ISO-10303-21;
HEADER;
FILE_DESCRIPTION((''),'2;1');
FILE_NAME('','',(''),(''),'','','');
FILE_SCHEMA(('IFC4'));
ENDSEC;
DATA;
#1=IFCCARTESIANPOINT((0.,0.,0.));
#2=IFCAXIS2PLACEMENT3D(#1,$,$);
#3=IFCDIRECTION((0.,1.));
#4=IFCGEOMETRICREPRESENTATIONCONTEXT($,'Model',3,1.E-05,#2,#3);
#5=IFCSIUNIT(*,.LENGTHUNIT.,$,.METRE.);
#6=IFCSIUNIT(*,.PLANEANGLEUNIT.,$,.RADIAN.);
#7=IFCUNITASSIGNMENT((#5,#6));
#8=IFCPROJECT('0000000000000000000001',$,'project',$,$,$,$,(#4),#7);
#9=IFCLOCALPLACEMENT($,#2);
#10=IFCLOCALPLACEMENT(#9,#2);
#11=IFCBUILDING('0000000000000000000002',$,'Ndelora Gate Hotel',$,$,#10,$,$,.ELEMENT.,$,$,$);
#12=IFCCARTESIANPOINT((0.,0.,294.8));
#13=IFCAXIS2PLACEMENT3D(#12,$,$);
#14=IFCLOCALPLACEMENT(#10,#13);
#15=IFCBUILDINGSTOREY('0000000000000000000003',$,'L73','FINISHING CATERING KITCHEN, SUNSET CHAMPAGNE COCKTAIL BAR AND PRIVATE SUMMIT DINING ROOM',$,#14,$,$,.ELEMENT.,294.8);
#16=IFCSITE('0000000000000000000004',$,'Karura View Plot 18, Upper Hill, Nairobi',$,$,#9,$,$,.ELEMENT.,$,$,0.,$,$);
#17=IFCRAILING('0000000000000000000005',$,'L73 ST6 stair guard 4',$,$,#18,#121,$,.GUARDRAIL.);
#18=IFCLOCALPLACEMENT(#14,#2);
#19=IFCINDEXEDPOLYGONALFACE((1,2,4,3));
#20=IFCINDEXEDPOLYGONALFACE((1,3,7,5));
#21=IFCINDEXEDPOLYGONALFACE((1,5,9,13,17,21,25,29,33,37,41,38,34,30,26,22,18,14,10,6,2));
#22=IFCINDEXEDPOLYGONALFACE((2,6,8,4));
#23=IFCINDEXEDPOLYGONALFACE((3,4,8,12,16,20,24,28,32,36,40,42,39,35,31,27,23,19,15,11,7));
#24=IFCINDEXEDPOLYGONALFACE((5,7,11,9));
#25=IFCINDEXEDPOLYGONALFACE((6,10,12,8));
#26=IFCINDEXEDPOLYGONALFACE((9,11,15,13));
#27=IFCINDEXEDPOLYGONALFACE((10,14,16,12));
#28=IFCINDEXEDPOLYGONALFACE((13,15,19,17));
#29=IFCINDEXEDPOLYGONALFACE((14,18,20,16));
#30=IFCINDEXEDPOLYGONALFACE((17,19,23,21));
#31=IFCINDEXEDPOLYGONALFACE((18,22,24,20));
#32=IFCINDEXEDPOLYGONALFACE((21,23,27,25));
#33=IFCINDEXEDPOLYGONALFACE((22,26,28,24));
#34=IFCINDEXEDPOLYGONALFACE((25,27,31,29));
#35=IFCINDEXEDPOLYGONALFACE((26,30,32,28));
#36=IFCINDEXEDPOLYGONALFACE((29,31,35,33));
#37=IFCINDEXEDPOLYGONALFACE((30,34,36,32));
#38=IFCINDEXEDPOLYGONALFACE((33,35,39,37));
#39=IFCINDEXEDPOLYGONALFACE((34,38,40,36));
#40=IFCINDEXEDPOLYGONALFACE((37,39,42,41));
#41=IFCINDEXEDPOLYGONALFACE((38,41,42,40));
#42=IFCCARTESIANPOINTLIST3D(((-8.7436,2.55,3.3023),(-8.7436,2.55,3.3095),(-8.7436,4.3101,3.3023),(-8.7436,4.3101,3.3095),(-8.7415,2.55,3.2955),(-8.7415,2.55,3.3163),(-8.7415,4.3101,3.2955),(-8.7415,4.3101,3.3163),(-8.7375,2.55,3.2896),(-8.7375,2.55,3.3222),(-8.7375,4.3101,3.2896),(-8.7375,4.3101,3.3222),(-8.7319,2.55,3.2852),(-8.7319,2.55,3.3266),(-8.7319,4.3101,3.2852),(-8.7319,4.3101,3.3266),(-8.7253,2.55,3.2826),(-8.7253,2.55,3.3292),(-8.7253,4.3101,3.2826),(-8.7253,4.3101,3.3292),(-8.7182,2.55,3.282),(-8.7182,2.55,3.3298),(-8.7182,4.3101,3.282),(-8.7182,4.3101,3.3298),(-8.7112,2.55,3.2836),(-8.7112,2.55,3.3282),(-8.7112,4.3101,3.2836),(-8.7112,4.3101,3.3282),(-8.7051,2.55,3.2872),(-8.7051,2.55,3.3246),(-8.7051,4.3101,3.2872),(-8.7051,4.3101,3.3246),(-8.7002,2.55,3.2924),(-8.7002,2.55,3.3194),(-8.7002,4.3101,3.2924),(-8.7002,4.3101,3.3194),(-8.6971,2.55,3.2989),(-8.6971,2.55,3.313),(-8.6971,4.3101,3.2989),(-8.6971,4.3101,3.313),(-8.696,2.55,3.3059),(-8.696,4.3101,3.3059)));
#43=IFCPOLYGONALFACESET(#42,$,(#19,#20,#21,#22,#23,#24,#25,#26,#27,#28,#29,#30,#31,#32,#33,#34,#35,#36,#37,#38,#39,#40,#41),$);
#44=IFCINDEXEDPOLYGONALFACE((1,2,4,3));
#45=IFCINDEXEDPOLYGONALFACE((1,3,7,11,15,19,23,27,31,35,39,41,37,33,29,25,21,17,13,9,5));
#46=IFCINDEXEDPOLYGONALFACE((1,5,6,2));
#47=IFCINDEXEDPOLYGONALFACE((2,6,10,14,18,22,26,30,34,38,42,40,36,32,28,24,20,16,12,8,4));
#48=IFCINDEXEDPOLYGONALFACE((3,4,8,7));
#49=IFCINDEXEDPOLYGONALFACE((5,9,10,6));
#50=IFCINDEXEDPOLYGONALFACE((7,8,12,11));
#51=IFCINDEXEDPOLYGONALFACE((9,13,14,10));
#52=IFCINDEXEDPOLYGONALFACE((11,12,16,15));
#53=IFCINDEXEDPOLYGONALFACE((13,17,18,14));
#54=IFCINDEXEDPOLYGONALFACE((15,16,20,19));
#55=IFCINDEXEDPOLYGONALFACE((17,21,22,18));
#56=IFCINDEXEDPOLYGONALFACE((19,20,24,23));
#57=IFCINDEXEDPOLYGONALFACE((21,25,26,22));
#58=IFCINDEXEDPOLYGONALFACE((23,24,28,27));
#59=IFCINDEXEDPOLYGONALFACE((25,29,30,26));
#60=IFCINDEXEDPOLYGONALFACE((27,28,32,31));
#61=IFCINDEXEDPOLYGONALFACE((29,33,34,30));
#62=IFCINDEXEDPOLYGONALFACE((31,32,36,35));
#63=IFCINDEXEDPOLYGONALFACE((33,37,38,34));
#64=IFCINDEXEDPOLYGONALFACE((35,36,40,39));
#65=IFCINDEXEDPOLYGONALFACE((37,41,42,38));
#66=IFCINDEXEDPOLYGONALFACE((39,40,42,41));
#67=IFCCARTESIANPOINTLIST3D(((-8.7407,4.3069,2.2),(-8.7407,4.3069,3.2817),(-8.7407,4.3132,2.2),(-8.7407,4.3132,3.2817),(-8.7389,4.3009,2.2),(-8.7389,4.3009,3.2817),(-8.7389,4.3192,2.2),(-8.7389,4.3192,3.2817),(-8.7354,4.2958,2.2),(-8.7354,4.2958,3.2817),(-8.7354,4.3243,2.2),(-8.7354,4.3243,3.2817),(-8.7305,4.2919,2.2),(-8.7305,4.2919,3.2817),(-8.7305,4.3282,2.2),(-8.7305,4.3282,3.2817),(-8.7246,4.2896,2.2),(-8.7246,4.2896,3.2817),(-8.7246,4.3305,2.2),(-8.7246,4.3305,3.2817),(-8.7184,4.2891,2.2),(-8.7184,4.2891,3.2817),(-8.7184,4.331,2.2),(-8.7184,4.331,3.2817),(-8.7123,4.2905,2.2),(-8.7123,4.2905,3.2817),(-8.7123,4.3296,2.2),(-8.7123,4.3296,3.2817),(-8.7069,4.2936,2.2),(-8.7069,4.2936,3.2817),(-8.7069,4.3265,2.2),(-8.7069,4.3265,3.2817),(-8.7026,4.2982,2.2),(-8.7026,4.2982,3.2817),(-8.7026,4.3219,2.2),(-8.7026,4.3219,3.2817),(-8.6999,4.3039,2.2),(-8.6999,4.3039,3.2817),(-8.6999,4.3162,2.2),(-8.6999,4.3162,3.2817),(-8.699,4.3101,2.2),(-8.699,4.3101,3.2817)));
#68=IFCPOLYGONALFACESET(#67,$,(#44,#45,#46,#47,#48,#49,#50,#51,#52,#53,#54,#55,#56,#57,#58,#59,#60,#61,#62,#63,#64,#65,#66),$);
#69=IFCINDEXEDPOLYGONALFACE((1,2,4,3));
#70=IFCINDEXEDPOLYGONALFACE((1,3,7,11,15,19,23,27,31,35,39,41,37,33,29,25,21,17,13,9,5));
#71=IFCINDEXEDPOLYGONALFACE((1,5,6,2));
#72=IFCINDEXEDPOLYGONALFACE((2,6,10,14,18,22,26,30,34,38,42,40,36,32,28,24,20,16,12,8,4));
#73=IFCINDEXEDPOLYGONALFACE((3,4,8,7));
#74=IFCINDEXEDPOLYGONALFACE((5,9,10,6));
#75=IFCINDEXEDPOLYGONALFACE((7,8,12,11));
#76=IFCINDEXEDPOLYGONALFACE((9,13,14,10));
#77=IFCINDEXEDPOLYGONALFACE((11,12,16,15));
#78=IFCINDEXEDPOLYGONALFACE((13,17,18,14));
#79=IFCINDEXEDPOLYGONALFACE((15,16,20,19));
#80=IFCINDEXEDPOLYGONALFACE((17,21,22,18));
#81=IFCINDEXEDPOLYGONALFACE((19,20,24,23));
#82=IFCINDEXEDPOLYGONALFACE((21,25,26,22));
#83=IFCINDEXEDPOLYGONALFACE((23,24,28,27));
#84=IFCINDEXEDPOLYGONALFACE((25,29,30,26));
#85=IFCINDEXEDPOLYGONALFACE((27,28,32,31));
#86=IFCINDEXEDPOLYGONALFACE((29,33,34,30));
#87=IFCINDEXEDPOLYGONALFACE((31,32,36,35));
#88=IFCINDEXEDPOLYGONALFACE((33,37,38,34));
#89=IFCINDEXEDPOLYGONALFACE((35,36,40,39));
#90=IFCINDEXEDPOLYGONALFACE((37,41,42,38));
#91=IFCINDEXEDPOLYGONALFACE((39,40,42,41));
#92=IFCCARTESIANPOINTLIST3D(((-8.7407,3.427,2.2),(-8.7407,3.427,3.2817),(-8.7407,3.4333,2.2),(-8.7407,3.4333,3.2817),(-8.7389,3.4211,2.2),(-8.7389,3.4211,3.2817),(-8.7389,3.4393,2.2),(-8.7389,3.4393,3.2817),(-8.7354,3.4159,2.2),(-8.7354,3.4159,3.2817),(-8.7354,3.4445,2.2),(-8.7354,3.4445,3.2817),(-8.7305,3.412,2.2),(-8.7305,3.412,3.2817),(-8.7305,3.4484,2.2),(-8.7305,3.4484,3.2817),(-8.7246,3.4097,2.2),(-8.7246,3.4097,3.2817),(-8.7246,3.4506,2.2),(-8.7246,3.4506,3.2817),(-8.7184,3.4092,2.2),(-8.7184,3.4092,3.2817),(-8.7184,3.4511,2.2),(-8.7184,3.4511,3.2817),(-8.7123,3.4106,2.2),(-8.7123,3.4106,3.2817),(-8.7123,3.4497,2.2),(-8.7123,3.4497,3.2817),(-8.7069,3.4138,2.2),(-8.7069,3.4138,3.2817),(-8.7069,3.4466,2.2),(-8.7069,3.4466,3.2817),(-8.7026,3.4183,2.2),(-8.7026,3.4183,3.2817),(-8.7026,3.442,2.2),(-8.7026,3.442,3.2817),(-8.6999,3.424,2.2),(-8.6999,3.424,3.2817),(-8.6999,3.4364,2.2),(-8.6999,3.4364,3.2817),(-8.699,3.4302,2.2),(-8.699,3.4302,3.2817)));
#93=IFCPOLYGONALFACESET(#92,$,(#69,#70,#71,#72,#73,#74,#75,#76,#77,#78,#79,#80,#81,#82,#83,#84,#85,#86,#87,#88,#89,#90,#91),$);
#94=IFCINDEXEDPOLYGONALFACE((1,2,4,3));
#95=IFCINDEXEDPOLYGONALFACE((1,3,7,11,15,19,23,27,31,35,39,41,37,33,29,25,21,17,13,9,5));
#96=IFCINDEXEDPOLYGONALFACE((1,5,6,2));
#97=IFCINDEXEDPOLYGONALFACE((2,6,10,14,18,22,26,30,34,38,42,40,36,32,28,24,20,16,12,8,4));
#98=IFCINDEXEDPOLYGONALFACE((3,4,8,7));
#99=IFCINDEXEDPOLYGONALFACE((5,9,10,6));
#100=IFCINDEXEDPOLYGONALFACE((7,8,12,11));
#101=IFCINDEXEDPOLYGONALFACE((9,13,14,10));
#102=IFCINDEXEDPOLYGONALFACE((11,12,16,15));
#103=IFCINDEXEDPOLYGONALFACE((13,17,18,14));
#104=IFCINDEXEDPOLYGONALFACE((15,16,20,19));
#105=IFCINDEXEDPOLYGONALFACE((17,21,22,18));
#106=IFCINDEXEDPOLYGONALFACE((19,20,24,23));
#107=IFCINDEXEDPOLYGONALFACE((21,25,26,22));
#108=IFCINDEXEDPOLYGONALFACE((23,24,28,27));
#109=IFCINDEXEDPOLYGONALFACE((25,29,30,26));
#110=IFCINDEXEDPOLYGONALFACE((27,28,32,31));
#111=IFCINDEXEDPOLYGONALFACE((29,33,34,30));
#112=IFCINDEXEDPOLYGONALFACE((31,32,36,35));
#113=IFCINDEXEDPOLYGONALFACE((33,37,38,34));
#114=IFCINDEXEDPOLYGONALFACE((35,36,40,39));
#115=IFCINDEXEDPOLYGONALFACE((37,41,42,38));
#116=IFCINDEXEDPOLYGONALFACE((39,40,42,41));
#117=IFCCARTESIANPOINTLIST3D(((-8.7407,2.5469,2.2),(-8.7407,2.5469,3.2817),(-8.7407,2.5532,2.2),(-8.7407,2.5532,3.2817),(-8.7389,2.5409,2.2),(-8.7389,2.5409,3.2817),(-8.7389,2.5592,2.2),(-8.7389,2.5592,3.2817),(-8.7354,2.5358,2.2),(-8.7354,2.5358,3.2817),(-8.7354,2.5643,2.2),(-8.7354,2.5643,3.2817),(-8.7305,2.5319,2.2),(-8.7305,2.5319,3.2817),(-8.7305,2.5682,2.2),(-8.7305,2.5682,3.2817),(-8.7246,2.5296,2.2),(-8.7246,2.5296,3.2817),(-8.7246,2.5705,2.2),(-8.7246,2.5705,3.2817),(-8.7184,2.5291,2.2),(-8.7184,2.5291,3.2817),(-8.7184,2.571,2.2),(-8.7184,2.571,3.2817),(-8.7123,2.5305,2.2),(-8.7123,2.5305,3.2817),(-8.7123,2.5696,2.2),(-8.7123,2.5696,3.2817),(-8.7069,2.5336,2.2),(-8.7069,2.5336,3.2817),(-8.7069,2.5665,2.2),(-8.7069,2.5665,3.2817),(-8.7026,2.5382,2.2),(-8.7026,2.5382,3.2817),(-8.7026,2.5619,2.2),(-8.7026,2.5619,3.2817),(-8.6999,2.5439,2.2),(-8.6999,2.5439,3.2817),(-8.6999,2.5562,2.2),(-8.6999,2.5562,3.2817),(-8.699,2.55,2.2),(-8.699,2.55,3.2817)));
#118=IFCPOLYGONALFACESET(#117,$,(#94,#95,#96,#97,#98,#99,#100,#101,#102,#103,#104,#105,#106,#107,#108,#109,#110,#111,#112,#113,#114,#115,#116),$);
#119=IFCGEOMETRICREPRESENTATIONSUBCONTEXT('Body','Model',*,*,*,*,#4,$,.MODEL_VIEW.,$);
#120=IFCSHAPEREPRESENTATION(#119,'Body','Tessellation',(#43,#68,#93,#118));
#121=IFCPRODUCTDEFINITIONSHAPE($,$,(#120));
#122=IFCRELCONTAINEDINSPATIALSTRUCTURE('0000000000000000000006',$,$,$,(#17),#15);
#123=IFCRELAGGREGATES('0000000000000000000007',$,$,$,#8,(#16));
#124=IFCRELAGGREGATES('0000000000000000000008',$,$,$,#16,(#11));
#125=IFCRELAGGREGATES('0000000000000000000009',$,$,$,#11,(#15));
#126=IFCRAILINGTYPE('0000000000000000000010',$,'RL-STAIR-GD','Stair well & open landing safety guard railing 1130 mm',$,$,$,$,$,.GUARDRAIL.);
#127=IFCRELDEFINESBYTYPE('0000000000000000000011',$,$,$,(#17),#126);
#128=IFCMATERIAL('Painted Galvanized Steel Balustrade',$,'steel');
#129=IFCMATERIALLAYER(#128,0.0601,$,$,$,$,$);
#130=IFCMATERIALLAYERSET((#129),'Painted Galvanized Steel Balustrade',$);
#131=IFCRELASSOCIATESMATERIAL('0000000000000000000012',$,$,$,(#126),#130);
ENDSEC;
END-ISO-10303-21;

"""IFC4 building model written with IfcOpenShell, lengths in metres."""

from ifc_helpers import new_model, si_unit, direction, frame, origin, origin_2d, place, context, subcontext, project, spatial, circle, extrude, material, layer, layer_set, type_object, element, save


model = new_model("IFC4")

# Units and contexts
model_context = context("Model", 3, precision=1e-05, world=origin(), true_north=direction((0.0, 1.0)))
body_context = subcontext(model_context, "Body", "Model", "MODEL_VIEW")
ifc_project = project(units=[si_unit("LENGTHUNIT", "METRE"), si_unit("PLANEANGLEUNIT", "RADIAN")], contexts=[model_context])

# Site, building, storey
site_placement = place(None, origin())
site = spatial("IfcSite", under=ifc_project, at=site_placement, Name="Karura View Plot 18, Upper Hill, Nairobi", CompositionType="ELEMENT", RefElevation=0.0)
building_placement = place(site_placement, origin())
building = spatial("IfcBuilding", under=site, at=building_placement, Name="Ndelora Gate Hotel", CompositionType="ELEMENT")
storey_placement = place(building_placement, frame((0.0, 0.0, 294.8)))
storey = spatial("IfcBuildingStorey", under=building, at=storey_placement, Name="L73", Description="FINISHING CATERING KITCHEN, SUNSET CHAMPAGNE COCKTAIL BAR AND PRIVATE SUMMIT DINING ROOM", CompositionType="ELEMENT", Elevation=294.8)

# Railing
ifc_material_1 = material(Name="Painted Galvanized Steel Balustrade", Category="steel")
ifc_layer_1 = layer(ifc_material_1, 0.0601)
ifc_layer_set_1 = layer_set([ifc_layer_1], Name="Painted Galvanized Steel Balustrade")
railing_type_1 = type_object("IfcRailingType", Name="RL-STAIR-GD", Description="Stair well & open landing safety guard railing 1130 mm", PredefinedType="GUARDRAIL", material=ifc_layer_set_1)
for number, where, name in (
    (1, (-8.72, 4.3101, 2.2), "L73 ST6 stair guard 4"),
):
    element("IfcRailing", number, at=place(storey_placement, frame(where)), inside=storey, type_object=railing_type_1, Name=name, PredefinedType="GUARDRAIL", context=body_context, shape_type="SweptSolid", body=[
        extrude(circle(Radius=0.0239, at=origin_2d()), frame((0.0, 0.0, 1.106), z_axis=(0.0, -1.0, 0.0), x_axis=(1.0, 0.0, 0.0)), (0.0, 0.0, 1.0), 1.76),
        extrude(circle(Radius=0.021, at=origin_2d()), origin(), (0.0, 0.0, 1.0), 1.0818),
        extrude(circle(Radius=0.021, at=origin_2d()), frame((0.0, -0.8799, 0.0)), (0.0, 0.0, 1.0), 1.0818),
        extrude(circle(Radius=0.021, at=origin_2d()), frame((0.0, -1.76, 0.0)), (0.0, 0.0, 1.0), 1.0818),
    ])

save(model, "model.ifc")
